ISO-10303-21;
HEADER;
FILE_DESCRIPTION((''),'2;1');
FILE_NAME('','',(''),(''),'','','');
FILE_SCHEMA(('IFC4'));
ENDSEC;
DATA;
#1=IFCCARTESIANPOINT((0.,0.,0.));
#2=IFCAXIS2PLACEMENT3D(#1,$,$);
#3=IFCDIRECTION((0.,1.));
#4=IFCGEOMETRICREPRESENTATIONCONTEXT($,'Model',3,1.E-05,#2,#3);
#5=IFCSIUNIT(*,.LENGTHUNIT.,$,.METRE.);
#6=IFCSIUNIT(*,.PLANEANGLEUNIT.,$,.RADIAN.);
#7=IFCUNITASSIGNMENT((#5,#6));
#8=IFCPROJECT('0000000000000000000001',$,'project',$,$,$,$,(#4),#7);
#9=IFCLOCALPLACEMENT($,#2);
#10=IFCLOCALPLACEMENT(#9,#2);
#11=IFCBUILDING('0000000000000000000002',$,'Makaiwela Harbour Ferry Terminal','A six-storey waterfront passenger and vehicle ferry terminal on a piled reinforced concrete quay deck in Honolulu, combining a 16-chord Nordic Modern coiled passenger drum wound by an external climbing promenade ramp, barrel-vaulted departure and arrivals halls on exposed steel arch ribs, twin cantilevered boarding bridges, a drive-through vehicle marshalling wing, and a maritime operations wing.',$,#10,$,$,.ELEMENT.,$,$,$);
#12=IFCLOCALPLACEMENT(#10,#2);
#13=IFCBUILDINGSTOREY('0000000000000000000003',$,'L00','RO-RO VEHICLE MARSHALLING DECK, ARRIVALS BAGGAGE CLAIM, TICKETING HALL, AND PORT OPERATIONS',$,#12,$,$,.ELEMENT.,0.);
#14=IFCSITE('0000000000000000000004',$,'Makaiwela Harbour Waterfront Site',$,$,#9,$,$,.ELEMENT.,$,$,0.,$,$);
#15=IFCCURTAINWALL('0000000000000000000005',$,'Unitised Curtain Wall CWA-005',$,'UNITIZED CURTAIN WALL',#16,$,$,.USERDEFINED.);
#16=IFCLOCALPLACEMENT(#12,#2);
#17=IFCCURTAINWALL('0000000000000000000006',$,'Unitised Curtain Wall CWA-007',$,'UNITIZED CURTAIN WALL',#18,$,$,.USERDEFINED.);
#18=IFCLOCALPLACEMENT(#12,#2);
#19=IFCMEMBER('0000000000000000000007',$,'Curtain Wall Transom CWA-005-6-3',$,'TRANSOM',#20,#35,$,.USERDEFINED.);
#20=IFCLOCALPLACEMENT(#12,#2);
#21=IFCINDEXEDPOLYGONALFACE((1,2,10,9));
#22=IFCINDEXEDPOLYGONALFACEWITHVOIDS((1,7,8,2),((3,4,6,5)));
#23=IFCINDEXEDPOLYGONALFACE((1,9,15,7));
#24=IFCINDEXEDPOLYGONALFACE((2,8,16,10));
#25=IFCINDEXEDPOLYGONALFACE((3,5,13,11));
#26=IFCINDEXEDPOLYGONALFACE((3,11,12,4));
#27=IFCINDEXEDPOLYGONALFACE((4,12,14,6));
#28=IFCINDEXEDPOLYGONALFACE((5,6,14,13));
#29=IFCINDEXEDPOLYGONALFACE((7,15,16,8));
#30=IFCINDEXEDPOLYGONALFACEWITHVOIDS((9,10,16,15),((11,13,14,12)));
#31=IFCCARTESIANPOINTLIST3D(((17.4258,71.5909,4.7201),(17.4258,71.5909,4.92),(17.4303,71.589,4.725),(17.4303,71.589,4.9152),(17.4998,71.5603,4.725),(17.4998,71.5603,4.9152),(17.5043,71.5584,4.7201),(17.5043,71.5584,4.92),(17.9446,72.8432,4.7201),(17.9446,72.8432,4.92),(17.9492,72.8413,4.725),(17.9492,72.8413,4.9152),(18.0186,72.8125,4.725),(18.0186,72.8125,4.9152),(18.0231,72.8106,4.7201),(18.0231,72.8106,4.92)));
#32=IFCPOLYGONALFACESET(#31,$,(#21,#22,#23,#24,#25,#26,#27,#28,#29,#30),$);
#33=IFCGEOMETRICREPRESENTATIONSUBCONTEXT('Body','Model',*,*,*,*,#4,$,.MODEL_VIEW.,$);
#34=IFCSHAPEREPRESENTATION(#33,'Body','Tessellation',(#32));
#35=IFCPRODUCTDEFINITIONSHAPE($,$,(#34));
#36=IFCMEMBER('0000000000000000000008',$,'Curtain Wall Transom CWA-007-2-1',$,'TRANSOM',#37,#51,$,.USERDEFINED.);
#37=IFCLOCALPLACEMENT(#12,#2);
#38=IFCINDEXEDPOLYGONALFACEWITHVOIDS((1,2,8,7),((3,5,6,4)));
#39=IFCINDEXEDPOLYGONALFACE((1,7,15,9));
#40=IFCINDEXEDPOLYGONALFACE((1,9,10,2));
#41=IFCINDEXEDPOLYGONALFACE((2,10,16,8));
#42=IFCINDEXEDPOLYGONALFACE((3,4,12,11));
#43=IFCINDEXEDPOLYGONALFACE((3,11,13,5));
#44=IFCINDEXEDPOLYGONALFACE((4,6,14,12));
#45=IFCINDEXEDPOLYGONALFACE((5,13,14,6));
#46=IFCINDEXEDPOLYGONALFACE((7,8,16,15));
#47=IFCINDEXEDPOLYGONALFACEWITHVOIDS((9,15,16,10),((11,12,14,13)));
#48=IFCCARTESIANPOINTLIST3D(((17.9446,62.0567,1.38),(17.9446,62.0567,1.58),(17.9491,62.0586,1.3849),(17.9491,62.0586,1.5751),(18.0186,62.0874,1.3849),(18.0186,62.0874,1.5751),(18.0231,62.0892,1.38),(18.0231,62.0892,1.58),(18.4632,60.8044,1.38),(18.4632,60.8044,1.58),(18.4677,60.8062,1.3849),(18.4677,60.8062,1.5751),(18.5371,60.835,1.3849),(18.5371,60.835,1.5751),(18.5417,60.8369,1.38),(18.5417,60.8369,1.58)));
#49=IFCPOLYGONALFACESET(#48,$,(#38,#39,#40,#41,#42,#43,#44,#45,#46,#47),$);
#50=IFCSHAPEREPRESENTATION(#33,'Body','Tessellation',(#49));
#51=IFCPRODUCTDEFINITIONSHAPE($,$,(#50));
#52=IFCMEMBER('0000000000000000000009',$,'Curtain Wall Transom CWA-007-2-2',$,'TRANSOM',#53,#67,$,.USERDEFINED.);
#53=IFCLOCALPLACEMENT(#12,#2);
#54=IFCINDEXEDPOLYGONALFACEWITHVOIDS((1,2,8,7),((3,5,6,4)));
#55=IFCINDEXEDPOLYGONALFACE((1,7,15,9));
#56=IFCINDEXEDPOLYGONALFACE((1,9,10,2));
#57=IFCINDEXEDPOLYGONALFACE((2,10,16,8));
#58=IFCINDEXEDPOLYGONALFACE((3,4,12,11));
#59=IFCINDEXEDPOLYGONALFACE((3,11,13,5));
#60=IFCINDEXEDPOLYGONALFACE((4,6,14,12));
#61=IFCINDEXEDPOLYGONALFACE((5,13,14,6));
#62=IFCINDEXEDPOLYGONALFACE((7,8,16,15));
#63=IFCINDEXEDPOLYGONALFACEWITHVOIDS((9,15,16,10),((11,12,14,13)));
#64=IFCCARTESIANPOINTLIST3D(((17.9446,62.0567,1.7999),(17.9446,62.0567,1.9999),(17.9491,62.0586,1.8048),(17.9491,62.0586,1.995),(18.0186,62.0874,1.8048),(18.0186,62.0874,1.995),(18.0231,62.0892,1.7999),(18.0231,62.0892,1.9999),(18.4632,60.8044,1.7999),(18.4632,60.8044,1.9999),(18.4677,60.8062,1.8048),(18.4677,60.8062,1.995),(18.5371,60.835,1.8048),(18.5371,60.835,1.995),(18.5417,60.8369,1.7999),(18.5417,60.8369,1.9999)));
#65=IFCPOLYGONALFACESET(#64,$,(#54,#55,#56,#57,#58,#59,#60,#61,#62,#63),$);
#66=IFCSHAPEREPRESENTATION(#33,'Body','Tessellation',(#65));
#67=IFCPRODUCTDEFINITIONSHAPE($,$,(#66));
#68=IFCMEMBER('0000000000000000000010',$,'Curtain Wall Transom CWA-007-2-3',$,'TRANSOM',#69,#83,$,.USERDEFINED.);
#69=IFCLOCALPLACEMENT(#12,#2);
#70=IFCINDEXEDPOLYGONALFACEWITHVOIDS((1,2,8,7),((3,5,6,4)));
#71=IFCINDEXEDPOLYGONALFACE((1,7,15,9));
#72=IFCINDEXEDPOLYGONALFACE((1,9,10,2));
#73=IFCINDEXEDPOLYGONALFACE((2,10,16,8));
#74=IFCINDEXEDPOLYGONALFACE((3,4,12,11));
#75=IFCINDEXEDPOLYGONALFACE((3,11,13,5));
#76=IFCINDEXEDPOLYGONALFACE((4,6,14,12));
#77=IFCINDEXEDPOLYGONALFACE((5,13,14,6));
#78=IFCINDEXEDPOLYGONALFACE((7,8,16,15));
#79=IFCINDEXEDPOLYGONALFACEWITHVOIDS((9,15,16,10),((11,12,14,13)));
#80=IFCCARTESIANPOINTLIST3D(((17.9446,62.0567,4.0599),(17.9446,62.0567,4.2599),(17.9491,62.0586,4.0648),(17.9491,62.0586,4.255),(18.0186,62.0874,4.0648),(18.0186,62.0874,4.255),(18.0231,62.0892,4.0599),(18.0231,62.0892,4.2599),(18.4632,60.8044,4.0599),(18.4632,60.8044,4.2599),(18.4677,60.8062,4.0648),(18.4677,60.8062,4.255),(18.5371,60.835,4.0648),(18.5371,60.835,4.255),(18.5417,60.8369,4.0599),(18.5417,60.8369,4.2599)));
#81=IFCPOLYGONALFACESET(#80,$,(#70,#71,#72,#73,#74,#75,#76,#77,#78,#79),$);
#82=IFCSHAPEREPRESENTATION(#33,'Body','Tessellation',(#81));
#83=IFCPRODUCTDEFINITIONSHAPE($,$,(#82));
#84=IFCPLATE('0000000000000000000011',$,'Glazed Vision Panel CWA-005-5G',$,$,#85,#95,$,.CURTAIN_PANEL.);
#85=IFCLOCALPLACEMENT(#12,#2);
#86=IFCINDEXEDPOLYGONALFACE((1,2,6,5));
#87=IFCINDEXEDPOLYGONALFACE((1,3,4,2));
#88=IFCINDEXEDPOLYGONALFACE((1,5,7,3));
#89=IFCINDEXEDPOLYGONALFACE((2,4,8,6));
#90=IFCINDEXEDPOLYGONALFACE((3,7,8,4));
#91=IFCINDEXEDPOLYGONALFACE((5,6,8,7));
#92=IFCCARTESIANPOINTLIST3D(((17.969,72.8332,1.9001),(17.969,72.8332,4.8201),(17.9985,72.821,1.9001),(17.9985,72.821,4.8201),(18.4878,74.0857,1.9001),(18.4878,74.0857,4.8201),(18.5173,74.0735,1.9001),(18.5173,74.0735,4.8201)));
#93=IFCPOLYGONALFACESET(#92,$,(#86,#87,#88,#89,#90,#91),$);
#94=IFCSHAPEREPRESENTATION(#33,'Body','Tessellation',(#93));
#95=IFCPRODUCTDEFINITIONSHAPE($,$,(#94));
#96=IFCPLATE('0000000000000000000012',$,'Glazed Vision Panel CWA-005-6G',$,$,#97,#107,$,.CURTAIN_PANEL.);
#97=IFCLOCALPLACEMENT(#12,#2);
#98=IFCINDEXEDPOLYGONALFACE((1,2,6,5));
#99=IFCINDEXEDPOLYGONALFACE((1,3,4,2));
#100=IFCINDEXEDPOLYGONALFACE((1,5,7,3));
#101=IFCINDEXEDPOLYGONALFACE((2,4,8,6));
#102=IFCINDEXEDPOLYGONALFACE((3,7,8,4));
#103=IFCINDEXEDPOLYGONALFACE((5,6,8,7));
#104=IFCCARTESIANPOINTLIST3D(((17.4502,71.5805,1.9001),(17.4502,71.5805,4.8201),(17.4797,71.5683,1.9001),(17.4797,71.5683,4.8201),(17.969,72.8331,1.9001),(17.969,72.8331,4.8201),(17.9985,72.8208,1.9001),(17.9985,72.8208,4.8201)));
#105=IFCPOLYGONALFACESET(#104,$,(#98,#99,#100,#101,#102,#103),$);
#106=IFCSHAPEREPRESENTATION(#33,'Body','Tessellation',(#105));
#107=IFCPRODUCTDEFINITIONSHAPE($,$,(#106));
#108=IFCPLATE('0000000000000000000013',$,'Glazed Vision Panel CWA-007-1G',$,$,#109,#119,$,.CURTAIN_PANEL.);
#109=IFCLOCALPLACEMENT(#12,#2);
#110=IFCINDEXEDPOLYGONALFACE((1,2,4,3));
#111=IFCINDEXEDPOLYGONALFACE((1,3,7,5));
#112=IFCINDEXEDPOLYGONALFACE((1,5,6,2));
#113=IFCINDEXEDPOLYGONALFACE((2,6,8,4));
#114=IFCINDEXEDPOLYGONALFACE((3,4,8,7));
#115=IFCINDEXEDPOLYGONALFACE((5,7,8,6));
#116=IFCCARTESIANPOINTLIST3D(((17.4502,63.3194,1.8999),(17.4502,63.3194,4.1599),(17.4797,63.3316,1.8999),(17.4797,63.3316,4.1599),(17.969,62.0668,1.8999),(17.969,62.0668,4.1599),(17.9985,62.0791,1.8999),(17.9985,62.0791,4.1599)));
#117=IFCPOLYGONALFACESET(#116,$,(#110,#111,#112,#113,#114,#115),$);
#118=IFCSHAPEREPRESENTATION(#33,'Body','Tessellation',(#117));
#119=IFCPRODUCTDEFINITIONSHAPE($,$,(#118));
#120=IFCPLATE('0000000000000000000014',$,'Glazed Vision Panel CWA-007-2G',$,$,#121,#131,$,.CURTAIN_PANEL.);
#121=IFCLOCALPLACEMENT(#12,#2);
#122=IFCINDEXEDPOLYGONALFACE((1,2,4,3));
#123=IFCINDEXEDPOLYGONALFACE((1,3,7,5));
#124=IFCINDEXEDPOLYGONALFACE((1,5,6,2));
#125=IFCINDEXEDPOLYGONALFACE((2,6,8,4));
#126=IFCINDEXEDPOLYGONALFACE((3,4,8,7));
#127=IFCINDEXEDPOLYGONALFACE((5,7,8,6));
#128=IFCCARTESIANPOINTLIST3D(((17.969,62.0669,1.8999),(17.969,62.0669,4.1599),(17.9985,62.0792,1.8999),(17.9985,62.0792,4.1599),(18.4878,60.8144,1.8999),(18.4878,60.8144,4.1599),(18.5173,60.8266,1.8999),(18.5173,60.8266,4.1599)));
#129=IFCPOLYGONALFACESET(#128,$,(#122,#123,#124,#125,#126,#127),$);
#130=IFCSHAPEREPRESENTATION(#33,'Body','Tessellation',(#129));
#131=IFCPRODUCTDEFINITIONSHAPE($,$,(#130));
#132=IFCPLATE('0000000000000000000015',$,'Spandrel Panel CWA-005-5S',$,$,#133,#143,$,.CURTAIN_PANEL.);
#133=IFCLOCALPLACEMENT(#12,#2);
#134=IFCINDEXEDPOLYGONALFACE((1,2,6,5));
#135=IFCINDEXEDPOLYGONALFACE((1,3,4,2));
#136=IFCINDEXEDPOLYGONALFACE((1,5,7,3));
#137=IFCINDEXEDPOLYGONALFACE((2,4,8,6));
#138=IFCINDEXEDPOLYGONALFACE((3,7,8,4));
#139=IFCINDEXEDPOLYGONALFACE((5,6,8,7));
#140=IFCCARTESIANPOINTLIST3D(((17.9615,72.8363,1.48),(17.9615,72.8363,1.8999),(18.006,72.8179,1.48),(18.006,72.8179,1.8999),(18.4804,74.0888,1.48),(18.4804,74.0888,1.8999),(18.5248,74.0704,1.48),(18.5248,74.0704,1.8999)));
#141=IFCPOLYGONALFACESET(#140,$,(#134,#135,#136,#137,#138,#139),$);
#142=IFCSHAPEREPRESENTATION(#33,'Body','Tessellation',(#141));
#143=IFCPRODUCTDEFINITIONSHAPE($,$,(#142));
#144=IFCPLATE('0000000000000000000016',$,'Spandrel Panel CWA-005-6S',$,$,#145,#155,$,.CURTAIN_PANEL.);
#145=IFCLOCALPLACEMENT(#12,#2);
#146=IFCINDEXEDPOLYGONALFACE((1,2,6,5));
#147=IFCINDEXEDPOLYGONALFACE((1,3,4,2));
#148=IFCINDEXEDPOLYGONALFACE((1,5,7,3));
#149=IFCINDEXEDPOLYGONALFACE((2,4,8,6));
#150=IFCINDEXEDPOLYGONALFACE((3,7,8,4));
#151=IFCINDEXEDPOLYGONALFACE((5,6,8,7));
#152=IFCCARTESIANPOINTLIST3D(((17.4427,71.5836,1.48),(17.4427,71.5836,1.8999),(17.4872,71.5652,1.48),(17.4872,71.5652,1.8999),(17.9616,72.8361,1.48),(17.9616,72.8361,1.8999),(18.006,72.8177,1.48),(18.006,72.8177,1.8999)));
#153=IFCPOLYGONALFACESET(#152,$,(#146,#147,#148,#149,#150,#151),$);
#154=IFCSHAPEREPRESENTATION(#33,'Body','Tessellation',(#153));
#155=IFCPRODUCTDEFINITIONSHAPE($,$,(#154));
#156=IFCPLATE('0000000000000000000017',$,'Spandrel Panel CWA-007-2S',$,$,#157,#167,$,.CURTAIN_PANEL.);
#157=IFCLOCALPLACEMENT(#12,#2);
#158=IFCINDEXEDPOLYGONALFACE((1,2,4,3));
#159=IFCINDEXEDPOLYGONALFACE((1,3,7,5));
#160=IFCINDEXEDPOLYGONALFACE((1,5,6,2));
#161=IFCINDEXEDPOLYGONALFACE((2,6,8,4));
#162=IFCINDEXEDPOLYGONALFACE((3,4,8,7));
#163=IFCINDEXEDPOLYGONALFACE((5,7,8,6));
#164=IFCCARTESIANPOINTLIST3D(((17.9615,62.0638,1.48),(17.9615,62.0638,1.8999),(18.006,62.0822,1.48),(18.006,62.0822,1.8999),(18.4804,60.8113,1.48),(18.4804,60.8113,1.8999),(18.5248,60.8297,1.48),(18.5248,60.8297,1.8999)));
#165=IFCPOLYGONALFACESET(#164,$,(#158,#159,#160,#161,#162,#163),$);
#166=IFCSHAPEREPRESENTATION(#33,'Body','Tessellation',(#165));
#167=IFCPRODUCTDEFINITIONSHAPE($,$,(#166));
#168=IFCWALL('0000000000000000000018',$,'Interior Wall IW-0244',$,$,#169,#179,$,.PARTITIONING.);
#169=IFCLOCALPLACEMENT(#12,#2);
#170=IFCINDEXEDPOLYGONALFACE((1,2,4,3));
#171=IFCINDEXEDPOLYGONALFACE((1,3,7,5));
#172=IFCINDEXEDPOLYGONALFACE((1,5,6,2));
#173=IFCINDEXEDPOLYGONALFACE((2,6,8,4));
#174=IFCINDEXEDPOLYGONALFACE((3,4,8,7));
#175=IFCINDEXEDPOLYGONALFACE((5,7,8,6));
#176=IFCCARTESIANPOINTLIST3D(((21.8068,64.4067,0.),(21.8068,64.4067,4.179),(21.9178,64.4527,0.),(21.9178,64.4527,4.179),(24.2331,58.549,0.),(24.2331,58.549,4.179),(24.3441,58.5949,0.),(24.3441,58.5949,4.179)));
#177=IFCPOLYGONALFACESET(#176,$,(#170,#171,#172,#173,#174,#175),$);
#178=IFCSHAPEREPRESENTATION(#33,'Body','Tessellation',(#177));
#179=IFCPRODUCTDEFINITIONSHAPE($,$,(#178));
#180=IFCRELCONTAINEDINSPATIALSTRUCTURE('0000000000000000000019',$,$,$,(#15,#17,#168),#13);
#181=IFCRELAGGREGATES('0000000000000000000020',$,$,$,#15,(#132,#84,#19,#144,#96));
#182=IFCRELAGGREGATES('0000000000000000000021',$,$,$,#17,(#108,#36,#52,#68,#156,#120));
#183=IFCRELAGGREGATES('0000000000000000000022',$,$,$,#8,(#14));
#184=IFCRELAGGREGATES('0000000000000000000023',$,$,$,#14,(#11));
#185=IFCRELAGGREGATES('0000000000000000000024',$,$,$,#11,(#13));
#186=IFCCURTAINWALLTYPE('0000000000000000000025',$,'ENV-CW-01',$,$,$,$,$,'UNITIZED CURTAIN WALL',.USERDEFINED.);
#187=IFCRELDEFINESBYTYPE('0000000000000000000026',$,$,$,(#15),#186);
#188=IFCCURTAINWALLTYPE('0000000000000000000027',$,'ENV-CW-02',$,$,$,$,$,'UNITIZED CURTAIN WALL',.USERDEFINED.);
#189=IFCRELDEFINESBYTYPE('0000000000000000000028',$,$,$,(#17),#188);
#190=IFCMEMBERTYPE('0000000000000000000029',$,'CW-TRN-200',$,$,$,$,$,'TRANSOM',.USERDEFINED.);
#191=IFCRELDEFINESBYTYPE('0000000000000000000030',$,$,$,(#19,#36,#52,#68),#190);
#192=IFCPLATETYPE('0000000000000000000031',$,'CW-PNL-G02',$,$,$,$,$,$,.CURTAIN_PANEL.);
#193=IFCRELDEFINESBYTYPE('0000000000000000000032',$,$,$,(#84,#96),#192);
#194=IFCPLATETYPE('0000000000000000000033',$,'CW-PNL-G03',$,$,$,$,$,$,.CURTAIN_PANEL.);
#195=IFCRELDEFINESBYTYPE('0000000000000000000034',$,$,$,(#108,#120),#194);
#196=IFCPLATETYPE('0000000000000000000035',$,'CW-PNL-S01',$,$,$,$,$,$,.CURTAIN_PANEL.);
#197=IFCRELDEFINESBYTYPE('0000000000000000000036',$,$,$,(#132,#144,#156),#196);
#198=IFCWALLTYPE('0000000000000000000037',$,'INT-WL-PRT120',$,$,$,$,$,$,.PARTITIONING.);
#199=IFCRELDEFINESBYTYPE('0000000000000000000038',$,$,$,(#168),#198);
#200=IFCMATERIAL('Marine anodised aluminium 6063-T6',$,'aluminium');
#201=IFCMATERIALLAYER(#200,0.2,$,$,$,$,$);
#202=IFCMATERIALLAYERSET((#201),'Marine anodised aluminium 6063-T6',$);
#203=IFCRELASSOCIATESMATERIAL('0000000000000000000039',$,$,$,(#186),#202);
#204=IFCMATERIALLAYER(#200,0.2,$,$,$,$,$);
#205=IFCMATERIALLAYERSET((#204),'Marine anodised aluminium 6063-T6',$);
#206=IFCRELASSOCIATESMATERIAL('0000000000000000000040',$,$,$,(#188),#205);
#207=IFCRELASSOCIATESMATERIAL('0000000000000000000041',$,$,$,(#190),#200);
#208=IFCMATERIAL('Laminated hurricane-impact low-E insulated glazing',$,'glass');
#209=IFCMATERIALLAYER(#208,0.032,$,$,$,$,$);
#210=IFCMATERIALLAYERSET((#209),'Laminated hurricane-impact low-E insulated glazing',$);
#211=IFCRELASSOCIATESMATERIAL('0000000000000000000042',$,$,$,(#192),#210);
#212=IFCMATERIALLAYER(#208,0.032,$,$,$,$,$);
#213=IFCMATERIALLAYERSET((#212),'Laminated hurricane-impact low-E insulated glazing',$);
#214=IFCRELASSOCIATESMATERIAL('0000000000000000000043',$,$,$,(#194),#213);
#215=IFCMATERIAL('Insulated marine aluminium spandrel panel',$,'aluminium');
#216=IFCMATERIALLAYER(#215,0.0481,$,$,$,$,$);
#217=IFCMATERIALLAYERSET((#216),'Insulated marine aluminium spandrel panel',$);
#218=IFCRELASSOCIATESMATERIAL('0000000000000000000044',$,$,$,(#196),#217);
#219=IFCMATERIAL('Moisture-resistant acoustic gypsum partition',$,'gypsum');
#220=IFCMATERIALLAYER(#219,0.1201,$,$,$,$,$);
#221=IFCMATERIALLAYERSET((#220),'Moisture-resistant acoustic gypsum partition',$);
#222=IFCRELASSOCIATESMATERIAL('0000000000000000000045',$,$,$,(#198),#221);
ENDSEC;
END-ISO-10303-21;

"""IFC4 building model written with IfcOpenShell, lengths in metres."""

from ifc_helpers import new_model, si_unit, direction, frame, frame_2d, origin, origin_2d, place, context, subcontext, project, spatial, rectangle, hollow_rectangle, extrude, material, layer, layer_set, material_profile, profile_set, type_object, element, aggregate, save


model = new_model("IFC4")

# Units and contexts
model_context = context("Model", 3, precision=1e-05, world=origin(), true_north=direction((0.0, 1.0)))
body_context = subcontext(model_context, "Body", "Model", "MODEL_VIEW")
ifc_project = project(units=[si_unit("LENGTHUNIT", "METRE"), si_unit("PLANEANGLEUNIT", "RADIAN")], contexts=[model_context])

# Site, building, storey
site_placement = place(None, origin())
site = spatial("IfcSite", under=ifc_project, at=site_placement, Name="Makaiwela Harbour Waterfront Site", CompositionType="ELEMENT", RefElevation=0.0)
building_placement = place(site_placement, origin())
building = spatial("IfcBuilding", under=site, at=building_placement, Name="Makaiwela Harbour Ferry Terminal", Description="A six-storey waterfront passenger and vehicle ferry terminal on a piled reinforced concrete quay deck in Honolulu, combining a 16-chord Nordic Modern coiled passenger drum wound by an external climbing promenade ramp, barrel-vaulted departure and arrivals halls on exposed steel arch ribs, twin cantilevered boarding bridges, a drive-through vehicle marshalling wing, and a maritime operations wing.", CompositionType="ELEMENT")
storey_placement = place(building_placement, origin())
storey = spatial("IfcBuildingStorey", under=building, at=storey_placement, Name="L00", Description="RO-RO VEHICLE MARSHALLING DECK, ARRIVALS BAGGAGE CLAIM, TICKETING HALL, AND PORT OPERATIONS", CompositionType="ELEMENT", Elevation=0.0)

# Curtain walls
ifc_material_1 = material(Name="Marine anodised aluminium 6063-T6", Category="aluminium")
ifc_layer_1 = layer(ifc_material_1, 0.2)
ifc_layer_set_1 = layer_set([ifc_layer_1], Name="Marine anodised aluminium 6063-T6")
curtain_wall_type_1 = type_object("IfcCurtainWallType", Name="ENV-CW-01", ElementType="UNITIZED CURTAIN WALL", PredefinedType="USERDEFINED", material=ifc_layer_set_1)
curtain_wall_1_placement = place(storey_placement, origin())
curtain_wall_1 = element("IfcCurtainWall", 1, at=curtain_wall_1_placement, inside=storey, type_object=curtain_wall_type_1, Name="Unitised Curtain Wall CWA-005", ObjectType="UNITIZED CURTAIN WALL", PredefinedType="USERDEFINED")
ifc_layer_2 = layer(ifc_material_1, 0.2)
ifc_layer_set_2 = layer_set([ifc_layer_2], Name="Marine anodised aluminium 6063-T6")
curtain_wall_type_2 = type_object("IfcCurtainWallType", Name="ENV-CW-02", ElementType="UNITIZED CURTAIN WALL", PredefinedType="USERDEFINED", material=ifc_layer_set_2)
curtain_wall_2_placement = place(storey_placement, origin())
curtain_wall_2 = element("IfcCurtainWall", 2, at=curtain_wall_2_placement, inside=storey, type_object=curtain_wall_type_2, Name="Unitised Curtain Wall CWA-007", ObjectType="UNITIZED CURTAIN WALL", PredefinedType="USERDEFINED")

# Members
ifc_material_profile_1 = material_profile(ifc_material_1, hollow_rectangle(XDim=0.085, YDim=0.2, WallThickness=0.0049, at=origin_2d()), Name="CWT-200X85")
ifc_profile_set_1 = profile_set([ifc_material_profile_1], Name="Marine anodised aluminium 6063-T6")
member_type_1 = type_object("IfcMemberType", Name="CW-TRN-200", ElementType="TRANSOM", PredefinedType="USERDEFINED", material=ifc_profile_set_1)
member_1_placement = place(storey_placement, frame((17.9839, 72.8269, 4.8201), z_axis=(-0.38276, -0.923848, 0.0), x_axis=(0.923848, -0.38276, 0.0)))
member_1 = element("IfcMember", 3, at=member_1_placement, type_object=member_type_1, Name="Curtain Wall Transom CWA-005-6-3", ObjectType="TRANSOM", PredefinedType="USERDEFINED", context=body_context, shape_type="SweptSolid", body=[
    extrude(hollow_rectangle(XDim=0.085, YDim=0.2, WallThickness=0.0049, at=origin_2d()), origin(), (0.0, 0.0, 1.0), 1.3555),
])
member_2_placement = place(storey_placement, frame((17.9839, 62.073, 1.48), z_axis=(0.382543, -0.923938, 0.0), x_axis=(0.923938, 0.382543, 0.0)))
member_2 = element("IfcMember", 4, at=member_2_placement, type_object=member_type_1, Name="Curtain Wall Transom CWA-007-2-1", ObjectType="TRANSOM", PredefinedType="USERDEFINED", context=body_context, shape_type="SweptSolid", body=[
    extrude(hollow_rectangle(XDim=0.085, YDim=0.2, WallThickness=0.0049, at=origin_2d()), origin(), (0.0, 0.0, 1.0), 1.3555),
])
member_3_placement = place(storey_placement, frame((17.9839, 62.073, 1.8999), z_axis=(0.382543, -0.923938, 0.0), x_axis=(0.923938, 0.382543, 0.0)))
member_3 = element("IfcMember", 5, at=member_3_placement, type_object=member_type_1, Name="Curtain Wall Transom CWA-007-2-2", ObjectType="TRANSOM", PredefinedType="USERDEFINED", context=body_context, shape_type="SweptSolid", body=[
    extrude(hollow_rectangle(XDim=0.085, YDim=0.2, WallThickness=0.0049, at=origin_2d()), origin(), (0.0, 0.0, 1.0), 1.3555),
])
member_4_placement = place(storey_placement, frame((17.9839, 62.073, 4.1599), z_axis=(0.382543, -0.923938, 0.0), x_axis=(0.923938, 0.382543, 0.0)))
member_4 = element("IfcMember", 6, at=member_4_placement, type_object=member_type_1, Name="Curtain Wall Transom CWA-007-2-3", ObjectType="TRANSOM", PredefinedType="USERDEFINED", context=body_context, shape_type="SweptSolid", body=[
    extrude(hollow_rectangle(XDim=0.085, YDim=0.2, WallThickness=0.0049, at=origin_2d()), origin(), (0.0, 0.0, 1.0), 1.3555),
])

# Plates
ifc_material_2 = material(Name="Laminated hurricane-impact low-E insulated glazing", Category="glass")
ifc_layer_3 = layer(ifc_material_2, 0.032)
ifc_layer_set_3 = layer_set([ifc_layer_3], Name="Laminated hurricane-impact low-E insulated glazing")
plate_type_1 = type_object("IfcPlateType", Name="CW-PNL-G02", PredefinedType="CURTAIN_PANEL", material=ifc_layer_set_3)
plate_1_placement = place(storey_placement, frame((18.2432, 73.4534, 1.9001), z_axis=(0.0, 0.0, 1.0), x_axis=(-0.382683, -0.92388, 0.0)))
plate_1 = element("IfcPlate", 7, at=plate_1_placement, type_object=plate_type_1, Name="Glazed Vision Panel CWA-005-5G", PredefinedType="CURTAIN_PANEL", context=body_context, shape_type="SweptSolid", body=[
    extrude(rectangle(XDim=1.3557, YDim=0.032, at=origin_2d()), origin(), (0.0, 0.0, 1.0), 2.9199),
])
plate_2_placement = place(storey_placement, frame((17.7244, 72.2007, 1.9001), z_axis=(0.0, 0.0, 1.0), x_axis=(-0.382683, -0.92388, 0.0)))
plate_2 = element("IfcPlate", 8, at=plate_2_placement, type_object=plate_type_1, Name="Glazed Vision Panel CWA-005-6G", PredefinedType="CURTAIN_PANEL", context=body_context, shape_type="SweptSolid", body=[
    extrude(rectangle(XDim=1.3557, YDim=0.032, at=origin_2d()), origin(), (0.0, 0.0, 1.0), 2.9199),
])
ifc_layer_4 = layer(ifc_material_2, 0.032)
ifc_layer_set_4 = layer_set([ifc_layer_4], Name="Laminated hurricane-impact low-E insulated glazing")
plate_type_2 = type_object("IfcPlateType", Name="CW-PNL-G03", PredefinedType="CURTAIN_PANEL", material=ifc_layer_set_4)
plate_3_placement = place(storey_placement, frame((17.7244, 62.6992, 1.8999), z_axis=(0.0, 0.0, 1.0), x_axis=(0.382683, -0.92388, 0.0)))
plate_3 = element("IfcPlate", 9, at=plate_3_placement, type_object=plate_type_2, Name="Glazed Vision Panel CWA-007-1G", PredefinedType="CURTAIN_PANEL", context=body_context, shape_type="SweptSolid", body=[
    extrude(rectangle(XDim=1.3557, YDim=0.032, at=origin_2d()), origin(), (0.0, 0.0, 1.0), 2.26),
])
plate_4_placement = place(storey_placement, frame((18.2432, 61.4468, 1.8999), z_axis=(0.0, 0.0, 1.0), x_axis=(0.382683, -0.92388, 0.0)))
plate_4 = element("IfcPlate", 10, at=plate_4_placement, type_object=plate_type_2, Name="Glazed Vision Panel CWA-007-2G", PredefinedType="CURTAIN_PANEL", context=body_context, shape_type="SweptSolid", body=[
    extrude(rectangle(XDim=1.3557, YDim=0.032, at=origin_2d()), origin(), (0.0, 0.0, 1.0), 2.26),
])
ifc_material_3 = material(Name="Insulated marine aluminium spandrel panel", Category="aluminium")
ifc_layer_5 = layer(ifc_material_3, 0.0481)
ifc_layer_set_5 = layer_set([ifc_layer_5], Name="Insulated marine aluminium spandrel panel")
plate_type_3 = type_object("IfcPlateType", Name="CW-PNL-S01", PredefinedType="CURTAIN_PANEL", material=ifc_layer_set_5)
plate_5_placement = place(storey_placement, frame((18.2432, 73.4534, 1.48), z_axis=(0.0, 0.0, 1.0), x_axis=(-0.382683, -0.92388, 0.0)))
plate_5 = element("IfcPlate", 11, at=plate_5_placement, type_object=plate_type_3, Name="Spandrel Panel CWA-005-5S", PredefinedType="CURTAIN_PANEL", context=body_context, shape_type="SweptSolid", body=[
    extrude(rectangle(XDim=1.3557, YDim=0.0481, at=origin_2d()), origin(), (0.0, 0.0, 1.0), 0.4199),
])
plate_6_placement = place(storey_placement, frame((17.7244, 72.2007, 1.48), z_axis=(0.0, 0.0, 1.0), x_axis=(-0.382683, -0.92388, 0.0)))
plate_6 = element("IfcPlate", 12, at=plate_6_placement, type_object=plate_type_3, Name="Spandrel Panel CWA-005-6S", PredefinedType="CURTAIN_PANEL", context=body_context, shape_type="SweptSolid", body=[
    extrude(rectangle(XDim=1.3557, YDim=0.0481, at=origin_2d()), origin(), (0.0, 0.0, 1.0), 0.4199),
])
aggregate(curtain_wall_1, [plate_5, plate_1, member_1, plate_6, plate_2])
plate_7_placement = place(storey_placement, frame((18.2432, 61.4468, 1.48), z_axis=(0.0, 0.0, 1.0), x_axis=(0.382683, -0.92388, 0.0)))
plate_7 = element("IfcPlate", 13, at=plate_7_placement, type_object=plate_type_3, Name="Spandrel Panel CWA-007-2S", PredefinedType="CURTAIN_PANEL", context=body_context, shape_type="SweptSolid", body=[
    extrude(rectangle(XDim=1.3557, YDim=0.0481, at=origin_2d()), origin(), (0.0, 0.0, 1.0), 0.4199),
])
aggregate(curtain_wall_2, [plate_3, member_2, member_3, member_4, plate_7, plate_4])

# Wall
ifc_material_4 = material(Name="Moisture-resistant acoustic gypsum partition", Category="gypsum")
ifc_layer_6 = layer(ifc_material_4, 0.1201)
ifc_layer_set_6 = layer_set([ifc_layer_6], Name="Moisture-resistant acoustic gypsum partition")
wall_type = type_object("IfcWallType", Name="INT-WL-PRT120", PredefinedType="PARTITIONING", material=ifc_layer_set_6)
wall_placement = place(storey_placement, frame((21.8623, 64.4297, 0.0), z_axis=(0.0, 0.0, 1.0), x_axis=(0.382676, -0.923883, 0.0)))
element("IfcWall", 14, at=wall_placement, inside=storey, type_object=wall_type, Name="Interior Wall IW-0244", PredefinedType="PARTITIONING", context=body_context, shape_type="SweptSolid", body=[
    extrude(rectangle(XDim=6.3403, YDim=0.1201, at=frame_2d((3.1702, 0.0))), origin(), (0.0, 0.0, 1.0), 4.179),
])

save(model, "model.ifc")
